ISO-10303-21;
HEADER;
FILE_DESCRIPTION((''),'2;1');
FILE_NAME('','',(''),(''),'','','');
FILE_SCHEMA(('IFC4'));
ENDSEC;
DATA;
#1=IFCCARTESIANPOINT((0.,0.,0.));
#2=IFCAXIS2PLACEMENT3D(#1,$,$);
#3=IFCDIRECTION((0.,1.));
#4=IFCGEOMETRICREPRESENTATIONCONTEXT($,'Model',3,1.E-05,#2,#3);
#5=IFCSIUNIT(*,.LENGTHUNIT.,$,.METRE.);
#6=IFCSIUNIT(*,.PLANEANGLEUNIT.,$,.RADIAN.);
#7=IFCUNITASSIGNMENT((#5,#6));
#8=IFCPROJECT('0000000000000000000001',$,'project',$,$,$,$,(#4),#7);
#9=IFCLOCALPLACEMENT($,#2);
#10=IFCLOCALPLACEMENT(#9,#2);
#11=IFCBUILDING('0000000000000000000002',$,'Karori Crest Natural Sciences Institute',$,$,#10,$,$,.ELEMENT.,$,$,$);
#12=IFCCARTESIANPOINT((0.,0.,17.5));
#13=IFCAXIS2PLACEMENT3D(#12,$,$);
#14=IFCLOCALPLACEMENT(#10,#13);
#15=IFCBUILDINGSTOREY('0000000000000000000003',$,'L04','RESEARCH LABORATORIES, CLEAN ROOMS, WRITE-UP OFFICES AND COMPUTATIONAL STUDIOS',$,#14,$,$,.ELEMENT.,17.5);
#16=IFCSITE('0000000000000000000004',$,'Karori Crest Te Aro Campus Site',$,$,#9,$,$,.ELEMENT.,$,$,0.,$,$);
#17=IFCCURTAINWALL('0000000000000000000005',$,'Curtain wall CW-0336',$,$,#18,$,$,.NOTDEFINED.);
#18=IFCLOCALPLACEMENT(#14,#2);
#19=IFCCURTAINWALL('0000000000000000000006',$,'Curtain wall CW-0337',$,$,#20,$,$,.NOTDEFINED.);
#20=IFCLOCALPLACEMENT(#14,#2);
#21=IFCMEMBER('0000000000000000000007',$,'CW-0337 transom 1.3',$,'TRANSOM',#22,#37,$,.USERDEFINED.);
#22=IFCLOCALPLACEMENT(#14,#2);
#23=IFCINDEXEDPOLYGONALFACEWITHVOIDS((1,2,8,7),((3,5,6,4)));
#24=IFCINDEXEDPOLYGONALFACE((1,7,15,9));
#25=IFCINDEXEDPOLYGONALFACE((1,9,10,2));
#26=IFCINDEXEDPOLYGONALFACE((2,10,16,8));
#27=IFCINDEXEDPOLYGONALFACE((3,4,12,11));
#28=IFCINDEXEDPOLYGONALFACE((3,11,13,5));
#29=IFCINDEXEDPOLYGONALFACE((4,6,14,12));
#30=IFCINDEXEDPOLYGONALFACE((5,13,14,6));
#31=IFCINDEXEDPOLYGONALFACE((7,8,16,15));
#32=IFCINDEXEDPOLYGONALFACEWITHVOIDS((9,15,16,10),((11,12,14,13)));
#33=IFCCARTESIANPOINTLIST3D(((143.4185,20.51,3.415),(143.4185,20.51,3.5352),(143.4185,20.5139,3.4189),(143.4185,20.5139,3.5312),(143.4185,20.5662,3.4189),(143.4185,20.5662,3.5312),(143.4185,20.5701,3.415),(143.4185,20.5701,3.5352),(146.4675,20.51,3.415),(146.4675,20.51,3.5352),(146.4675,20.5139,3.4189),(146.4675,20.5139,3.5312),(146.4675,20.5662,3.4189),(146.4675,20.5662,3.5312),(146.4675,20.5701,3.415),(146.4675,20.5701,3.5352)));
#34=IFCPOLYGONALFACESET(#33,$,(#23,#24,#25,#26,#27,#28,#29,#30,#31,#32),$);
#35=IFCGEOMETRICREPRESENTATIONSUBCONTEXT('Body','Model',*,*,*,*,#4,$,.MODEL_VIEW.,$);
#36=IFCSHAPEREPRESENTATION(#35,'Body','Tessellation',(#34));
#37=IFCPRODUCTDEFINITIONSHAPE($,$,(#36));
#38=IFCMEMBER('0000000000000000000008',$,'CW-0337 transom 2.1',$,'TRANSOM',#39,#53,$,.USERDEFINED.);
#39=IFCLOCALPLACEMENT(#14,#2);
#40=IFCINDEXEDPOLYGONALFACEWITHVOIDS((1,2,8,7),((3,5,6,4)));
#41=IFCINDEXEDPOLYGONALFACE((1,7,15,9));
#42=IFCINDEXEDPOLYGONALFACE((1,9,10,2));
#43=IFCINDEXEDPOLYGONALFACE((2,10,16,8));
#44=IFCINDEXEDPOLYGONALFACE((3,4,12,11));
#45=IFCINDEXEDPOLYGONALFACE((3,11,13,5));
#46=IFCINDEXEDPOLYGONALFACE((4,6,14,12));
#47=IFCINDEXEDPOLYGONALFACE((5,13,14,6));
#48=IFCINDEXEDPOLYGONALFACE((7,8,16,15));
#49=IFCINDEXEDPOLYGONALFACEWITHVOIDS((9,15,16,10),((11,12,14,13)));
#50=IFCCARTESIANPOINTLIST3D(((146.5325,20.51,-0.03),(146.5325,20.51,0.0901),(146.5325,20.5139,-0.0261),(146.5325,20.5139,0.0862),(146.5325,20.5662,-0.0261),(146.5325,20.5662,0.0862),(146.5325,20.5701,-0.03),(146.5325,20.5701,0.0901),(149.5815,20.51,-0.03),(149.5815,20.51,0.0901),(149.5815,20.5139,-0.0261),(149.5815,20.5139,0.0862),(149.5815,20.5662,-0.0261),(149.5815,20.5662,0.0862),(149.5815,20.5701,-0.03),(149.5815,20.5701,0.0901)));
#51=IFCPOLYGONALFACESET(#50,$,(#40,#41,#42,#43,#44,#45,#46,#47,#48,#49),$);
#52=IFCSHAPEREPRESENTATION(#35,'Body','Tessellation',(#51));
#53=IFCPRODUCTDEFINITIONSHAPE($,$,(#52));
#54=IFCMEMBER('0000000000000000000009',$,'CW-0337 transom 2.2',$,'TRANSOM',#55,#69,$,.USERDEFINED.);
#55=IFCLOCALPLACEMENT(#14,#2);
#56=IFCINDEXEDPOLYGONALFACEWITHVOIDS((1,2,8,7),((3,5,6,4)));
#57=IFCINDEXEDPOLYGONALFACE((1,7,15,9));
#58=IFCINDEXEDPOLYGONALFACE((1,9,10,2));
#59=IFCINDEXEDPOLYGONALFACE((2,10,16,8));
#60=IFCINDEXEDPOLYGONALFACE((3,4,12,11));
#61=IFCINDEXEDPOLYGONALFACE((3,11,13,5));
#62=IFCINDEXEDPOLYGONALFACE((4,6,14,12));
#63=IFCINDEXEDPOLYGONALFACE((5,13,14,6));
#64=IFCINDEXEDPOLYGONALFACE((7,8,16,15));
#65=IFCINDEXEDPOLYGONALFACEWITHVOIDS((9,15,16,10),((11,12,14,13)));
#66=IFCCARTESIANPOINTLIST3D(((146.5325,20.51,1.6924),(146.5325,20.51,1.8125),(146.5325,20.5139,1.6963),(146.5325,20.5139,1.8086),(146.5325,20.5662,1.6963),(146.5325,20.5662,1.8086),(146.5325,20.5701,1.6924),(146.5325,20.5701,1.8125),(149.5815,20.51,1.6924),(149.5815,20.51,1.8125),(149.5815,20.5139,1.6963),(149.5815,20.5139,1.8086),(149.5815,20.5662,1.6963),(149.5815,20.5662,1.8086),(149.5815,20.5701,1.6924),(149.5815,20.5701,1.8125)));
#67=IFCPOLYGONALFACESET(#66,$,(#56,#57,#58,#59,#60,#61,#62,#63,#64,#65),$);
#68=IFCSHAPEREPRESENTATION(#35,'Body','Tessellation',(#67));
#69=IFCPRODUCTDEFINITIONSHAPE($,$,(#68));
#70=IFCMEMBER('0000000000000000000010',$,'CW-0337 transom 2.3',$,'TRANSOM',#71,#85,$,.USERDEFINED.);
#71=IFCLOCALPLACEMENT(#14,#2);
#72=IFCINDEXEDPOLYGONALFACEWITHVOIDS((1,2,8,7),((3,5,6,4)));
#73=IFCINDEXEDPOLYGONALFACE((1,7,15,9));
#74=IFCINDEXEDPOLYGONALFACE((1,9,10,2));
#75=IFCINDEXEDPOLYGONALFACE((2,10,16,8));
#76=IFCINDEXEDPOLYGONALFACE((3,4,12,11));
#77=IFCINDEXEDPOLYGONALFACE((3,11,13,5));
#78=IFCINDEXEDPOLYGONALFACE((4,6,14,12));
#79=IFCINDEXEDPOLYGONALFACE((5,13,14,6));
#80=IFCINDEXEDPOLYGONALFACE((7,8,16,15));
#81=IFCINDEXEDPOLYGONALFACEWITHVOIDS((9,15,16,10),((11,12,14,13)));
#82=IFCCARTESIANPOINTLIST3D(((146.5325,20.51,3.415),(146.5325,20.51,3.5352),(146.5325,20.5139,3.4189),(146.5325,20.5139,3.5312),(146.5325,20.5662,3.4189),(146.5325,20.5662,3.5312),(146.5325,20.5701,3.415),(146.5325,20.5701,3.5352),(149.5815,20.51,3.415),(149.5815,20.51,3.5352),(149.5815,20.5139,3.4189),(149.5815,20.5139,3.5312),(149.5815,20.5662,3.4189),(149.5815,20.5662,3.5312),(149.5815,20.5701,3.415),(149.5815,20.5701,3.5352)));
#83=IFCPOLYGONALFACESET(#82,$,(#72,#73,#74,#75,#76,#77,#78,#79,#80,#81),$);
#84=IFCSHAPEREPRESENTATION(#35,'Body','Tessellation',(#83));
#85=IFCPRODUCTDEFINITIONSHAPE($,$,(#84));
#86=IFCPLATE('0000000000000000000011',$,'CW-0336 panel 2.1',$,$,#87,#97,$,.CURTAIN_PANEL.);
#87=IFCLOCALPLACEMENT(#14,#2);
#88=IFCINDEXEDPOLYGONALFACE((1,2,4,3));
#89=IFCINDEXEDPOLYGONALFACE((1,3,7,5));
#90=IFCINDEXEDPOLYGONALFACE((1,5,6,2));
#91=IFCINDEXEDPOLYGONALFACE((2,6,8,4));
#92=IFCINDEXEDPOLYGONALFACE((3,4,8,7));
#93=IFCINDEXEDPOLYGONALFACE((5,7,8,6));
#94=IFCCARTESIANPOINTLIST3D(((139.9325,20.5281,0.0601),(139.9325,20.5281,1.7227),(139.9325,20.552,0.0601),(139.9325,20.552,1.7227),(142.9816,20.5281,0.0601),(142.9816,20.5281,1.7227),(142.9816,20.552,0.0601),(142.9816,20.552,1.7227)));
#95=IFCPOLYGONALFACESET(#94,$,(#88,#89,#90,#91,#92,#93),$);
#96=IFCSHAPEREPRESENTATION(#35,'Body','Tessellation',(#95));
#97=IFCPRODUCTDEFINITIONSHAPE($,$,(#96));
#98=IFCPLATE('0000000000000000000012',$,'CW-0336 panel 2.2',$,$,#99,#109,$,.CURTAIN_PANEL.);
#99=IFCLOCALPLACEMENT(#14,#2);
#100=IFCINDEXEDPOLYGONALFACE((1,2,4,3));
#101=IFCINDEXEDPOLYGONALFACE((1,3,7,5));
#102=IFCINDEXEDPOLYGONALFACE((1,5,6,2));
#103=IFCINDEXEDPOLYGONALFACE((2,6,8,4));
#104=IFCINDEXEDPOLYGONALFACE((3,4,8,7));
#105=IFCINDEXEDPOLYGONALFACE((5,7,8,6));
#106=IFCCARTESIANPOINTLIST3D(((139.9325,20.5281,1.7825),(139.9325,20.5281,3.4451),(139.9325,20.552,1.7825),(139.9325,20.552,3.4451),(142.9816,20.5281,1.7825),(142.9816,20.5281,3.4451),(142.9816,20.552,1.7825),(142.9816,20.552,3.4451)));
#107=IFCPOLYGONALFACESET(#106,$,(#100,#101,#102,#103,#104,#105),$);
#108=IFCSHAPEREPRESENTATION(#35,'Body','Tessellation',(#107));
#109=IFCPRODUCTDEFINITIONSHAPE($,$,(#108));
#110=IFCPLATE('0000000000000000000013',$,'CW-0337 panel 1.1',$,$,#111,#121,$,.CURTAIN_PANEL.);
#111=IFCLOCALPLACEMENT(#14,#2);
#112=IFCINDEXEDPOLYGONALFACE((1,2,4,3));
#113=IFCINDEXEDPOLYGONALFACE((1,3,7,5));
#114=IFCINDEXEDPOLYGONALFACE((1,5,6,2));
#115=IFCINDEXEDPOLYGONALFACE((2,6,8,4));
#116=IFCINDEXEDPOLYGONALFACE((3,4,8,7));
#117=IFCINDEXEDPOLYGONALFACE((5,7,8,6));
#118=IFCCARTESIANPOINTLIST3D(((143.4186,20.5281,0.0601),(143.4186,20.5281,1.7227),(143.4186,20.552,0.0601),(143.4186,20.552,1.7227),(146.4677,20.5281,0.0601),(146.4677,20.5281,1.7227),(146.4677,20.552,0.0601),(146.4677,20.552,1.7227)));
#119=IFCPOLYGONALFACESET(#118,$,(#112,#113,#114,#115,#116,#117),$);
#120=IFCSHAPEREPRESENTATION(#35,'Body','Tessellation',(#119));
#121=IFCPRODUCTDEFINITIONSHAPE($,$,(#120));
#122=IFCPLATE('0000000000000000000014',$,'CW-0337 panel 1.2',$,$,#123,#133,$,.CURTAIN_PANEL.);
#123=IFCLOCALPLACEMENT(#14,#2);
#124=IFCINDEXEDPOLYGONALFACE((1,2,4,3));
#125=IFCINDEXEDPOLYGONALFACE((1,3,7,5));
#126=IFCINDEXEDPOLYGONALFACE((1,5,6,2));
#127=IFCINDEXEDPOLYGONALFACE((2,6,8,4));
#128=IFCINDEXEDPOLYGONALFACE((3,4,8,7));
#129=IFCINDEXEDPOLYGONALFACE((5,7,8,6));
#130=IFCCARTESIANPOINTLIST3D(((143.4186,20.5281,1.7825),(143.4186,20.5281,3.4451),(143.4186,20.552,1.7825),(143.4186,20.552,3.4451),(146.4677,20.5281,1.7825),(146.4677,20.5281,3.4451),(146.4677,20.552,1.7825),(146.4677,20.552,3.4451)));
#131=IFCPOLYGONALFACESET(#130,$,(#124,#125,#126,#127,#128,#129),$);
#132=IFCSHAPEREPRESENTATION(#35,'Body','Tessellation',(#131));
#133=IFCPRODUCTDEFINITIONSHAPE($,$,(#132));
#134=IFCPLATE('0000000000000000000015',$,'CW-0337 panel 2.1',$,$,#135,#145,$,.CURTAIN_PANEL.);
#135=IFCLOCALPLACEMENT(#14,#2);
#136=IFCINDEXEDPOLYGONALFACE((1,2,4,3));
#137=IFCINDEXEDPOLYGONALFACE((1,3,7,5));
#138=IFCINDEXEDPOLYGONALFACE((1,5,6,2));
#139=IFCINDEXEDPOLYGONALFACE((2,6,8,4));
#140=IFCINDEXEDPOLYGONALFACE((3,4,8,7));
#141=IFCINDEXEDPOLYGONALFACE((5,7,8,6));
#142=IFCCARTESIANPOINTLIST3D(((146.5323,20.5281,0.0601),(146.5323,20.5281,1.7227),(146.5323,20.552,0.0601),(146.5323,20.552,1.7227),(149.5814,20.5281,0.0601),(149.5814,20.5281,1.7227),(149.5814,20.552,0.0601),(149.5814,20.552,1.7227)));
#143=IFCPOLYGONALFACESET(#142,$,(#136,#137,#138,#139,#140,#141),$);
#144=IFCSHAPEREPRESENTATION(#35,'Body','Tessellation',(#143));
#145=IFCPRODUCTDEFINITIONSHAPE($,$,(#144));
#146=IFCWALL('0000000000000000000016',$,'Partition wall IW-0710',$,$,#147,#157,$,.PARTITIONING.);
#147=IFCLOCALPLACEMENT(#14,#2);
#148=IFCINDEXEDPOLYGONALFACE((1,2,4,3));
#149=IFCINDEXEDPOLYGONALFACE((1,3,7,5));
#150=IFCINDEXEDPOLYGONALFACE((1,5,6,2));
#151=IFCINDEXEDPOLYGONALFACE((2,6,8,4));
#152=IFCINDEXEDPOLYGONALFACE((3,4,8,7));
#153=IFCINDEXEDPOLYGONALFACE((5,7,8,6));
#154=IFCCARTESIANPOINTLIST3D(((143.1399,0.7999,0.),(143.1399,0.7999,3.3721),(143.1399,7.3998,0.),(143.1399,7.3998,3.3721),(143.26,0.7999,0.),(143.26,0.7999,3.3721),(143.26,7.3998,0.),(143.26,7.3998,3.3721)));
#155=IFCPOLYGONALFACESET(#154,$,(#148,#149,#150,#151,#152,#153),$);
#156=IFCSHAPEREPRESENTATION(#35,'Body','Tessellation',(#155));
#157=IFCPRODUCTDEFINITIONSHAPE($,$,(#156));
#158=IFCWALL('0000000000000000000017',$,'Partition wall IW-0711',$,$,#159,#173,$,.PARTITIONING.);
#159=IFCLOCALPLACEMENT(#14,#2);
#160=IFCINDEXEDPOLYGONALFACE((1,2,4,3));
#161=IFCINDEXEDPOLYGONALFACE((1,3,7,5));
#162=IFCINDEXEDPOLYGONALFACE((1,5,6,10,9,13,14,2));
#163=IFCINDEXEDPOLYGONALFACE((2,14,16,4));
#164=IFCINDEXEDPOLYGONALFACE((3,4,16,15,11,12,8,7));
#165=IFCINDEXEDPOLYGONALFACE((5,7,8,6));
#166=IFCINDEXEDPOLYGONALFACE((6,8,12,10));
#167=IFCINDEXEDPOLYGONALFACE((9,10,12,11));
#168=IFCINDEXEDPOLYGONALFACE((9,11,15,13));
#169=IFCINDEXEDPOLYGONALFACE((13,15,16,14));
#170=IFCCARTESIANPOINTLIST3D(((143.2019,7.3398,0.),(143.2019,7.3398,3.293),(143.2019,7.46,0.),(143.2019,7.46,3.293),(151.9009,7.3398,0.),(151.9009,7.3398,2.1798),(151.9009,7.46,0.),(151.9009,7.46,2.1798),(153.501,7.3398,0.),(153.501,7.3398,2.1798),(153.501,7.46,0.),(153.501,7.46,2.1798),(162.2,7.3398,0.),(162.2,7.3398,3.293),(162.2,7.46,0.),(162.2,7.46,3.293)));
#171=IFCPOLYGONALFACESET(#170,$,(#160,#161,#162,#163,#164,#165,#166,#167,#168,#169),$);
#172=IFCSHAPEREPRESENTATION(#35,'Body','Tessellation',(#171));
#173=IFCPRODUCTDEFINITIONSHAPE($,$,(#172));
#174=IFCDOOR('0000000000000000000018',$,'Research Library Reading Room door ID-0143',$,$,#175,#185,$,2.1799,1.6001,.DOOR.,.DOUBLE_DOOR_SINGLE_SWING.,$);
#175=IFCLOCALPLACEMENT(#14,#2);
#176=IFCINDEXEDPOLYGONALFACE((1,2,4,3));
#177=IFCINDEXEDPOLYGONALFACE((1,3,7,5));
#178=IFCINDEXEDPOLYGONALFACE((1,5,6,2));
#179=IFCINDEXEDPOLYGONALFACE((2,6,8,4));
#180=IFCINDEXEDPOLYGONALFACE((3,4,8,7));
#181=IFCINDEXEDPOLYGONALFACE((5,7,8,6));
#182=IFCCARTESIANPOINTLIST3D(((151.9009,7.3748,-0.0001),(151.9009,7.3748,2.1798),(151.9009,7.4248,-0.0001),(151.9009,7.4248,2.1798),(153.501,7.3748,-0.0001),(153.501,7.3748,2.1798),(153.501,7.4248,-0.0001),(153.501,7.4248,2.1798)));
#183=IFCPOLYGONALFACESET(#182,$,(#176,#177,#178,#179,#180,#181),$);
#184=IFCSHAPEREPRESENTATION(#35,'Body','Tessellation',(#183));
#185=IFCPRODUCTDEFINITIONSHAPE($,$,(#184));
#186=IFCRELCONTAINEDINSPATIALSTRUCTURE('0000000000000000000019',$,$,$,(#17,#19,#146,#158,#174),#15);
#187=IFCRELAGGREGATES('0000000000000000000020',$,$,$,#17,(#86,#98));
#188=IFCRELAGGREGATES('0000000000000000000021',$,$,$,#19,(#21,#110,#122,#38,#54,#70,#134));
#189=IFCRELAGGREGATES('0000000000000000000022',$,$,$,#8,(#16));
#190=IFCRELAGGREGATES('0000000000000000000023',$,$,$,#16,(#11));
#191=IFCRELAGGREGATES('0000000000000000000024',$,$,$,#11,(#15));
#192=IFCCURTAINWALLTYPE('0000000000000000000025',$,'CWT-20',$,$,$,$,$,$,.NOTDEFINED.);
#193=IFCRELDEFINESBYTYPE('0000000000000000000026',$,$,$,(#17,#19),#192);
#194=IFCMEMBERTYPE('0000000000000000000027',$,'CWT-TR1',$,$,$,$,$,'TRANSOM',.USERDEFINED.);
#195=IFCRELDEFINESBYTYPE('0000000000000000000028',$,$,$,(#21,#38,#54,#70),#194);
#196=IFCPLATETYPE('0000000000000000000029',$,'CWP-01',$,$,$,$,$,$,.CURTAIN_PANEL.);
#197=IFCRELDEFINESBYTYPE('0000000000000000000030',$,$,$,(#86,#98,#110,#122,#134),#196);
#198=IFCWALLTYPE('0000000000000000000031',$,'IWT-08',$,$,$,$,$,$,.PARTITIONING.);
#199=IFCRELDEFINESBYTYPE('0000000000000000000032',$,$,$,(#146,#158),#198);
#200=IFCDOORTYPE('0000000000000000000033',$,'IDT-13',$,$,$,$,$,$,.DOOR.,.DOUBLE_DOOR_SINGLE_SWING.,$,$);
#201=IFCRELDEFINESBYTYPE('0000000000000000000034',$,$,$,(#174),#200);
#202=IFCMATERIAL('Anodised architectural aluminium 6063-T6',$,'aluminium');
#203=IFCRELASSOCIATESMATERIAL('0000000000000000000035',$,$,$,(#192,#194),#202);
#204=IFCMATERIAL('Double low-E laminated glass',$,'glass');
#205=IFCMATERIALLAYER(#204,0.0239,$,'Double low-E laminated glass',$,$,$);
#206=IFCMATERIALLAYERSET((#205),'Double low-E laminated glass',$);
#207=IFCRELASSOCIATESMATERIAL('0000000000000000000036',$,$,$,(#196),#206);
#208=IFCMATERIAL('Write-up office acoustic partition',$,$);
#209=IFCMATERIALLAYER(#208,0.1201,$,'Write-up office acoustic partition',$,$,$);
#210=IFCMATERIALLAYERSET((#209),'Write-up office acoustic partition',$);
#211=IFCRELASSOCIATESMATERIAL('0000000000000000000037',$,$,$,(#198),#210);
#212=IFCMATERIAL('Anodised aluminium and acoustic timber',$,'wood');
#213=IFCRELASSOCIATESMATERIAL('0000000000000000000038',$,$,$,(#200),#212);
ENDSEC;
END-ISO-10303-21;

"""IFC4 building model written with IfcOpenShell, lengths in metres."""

from ifc_helpers import new_model, si_unit, direction, frame, frame_2d, origin, origin_2d, place, context, subcontext, project, spatial, rectangle, hollow_rectangle, extrude, material, layer, layer_set, material_profile, profile_set, type_object, element, fill, aggregate, save


model = new_model("IFC4")

# Units and contexts
model_context = context("Model", 3, precision=1e-05, world=origin(), true_north=direction((0.0, 1.0)))
body_context = subcontext(model_context, "Body", "Model", "MODEL_VIEW")
ifc_project = project(units=[si_unit("LENGTHUNIT", "METRE"), si_unit("PLANEANGLEUNIT", "RADIAN")], contexts=[model_context])

# Site, building, storey
site_placement = place(None, origin())
site = spatial("IfcSite", under=ifc_project, at=site_placement, Name="Karori Crest Te Aro Campus Site", CompositionType="ELEMENT", RefElevation=0.0)
building_placement = place(site_placement, origin())
building = spatial("IfcBuilding", under=site, at=building_placement, Name="Karori Crest Natural Sciences Institute", CompositionType="ELEMENT")
storey_placement = place(building_placement, frame((0.0, 0.0, 17.5)))
storey = spatial("IfcBuildingStorey", under=building, at=storey_placement, Name="L04", Description="RESEARCH LABORATORIES, CLEAN ROOMS, WRITE-UP OFFICES AND COMPUTATIONAL STUDIOS", CompositionType="ELEMENT", Elevation=17.5)

# Curtain wall
ifc_material_1 = material(Name="Anodised architectural aluminium 6063-T6", Category="aluminium")
curtain_wall_type = type_object("IfcCurtainWallType", Name="CWT-20", PredefinedType="NOTDEFINED", material=ifc_material_1)
curtain_wall_1_placement = place(storey_placement, origin())
curtain_wall_1 = element("IfcCurtainWall", 1, at=curtain_wall_1_placement, inside=storey, type_object=curtain_wall_type, Name="Curtain wall CW-0336", PredefinedType="NOTDEFINED")

# Curtain wall
curtain_wall_2_placement = place(storey_placement, origin())
curtain_wall_2 = element("IfcCurtainWall", 2, at=curtain_wall_2_placement, inside=storey, type_object=curtain_wall_type, Name="Curtain wall CW-0337", PredefinedType="NOTDEFINED")

# Members
ifc_material_profile_1 = material_profile(ifc_material_1, hollow_rectangle(XDim=0.0601, YDim=0.1201, WallThickness=0.0039, at=origin_2d()), Name="CWT120x60x4")
ifc_profile_set_1 = profile_set([ifc_material_profile_1], Name="Anodised architectural aluminium 6063-T6")
member_type_1 = type_object("IfcMemberType", Name="CWT-TR1", ElementType="TRANSOM", PredefinedType="USERDEFINED", material=ifc_profile_set_1)
member_1_placement = place(storey_placement, frame((143.4185, 20.54, 3.4751), z_axis=(1.0, 0.0, 0.0), x_axis=(0.0, 1.0, 0.0)))
member_1 = element("IfcMember", 3, at=member_1_placement, type_object=member_type_1, Name="CW-0337 transom 1.3", ObjectType="TRANSOM", PredefinedType="USERDEFINED", context=body_context, shape_type="SweptSolid", body=[
    extrude(hollow_rectangle(XDim=0.0601, YDim=0.1201, WallThickness=0.0039, at=origin_2d()), origin(), (0.0, 0.0, 1.0), 3.0491),
])
member_2_placement = place(storey_placement, frame((146.5325, 20.54, 0.03), z_axis=(1.0, 0.0, 0.0), x_axis=(0.0, 1.0, 0.0)))
member_2 = element("IfcMember", 4, at=member_2_placement, type_object=member_type_1, Name="CW-0337 transom 2.1", ObjectType="TRANSOM", PredefinedType="USERDEFINED", context=body_context, shape_type="SweptSolid", body=[
    extrude(hollow_rectangle(XDim=0.0601, YDim=0.1201, WallThickness=0.0039, at=origin_2d()), origin(), (0.0, 0.0, 1.0), 3.0491),
])
member_3_placement = place(storey_placement, frame((146.5325, 20.54, 1.7524), z_axis=(1.0, 0.0, 0.0), x_axis=(0.0, 1.0, 0.0)))
member_3 = element("IfcMember", 5, at=member_3_placement, type_object=member_type_1, Name="CW-0337 transom 2.2", ObjectType="TRANSOM", PredefinedType="USERDEFINED", context=body_context, shape_type="SweptSolid", body=[
    extrude(hollow_rectangle(XDim=0.0601, YDim=0.1201, WallThickness=0.0039, at=origin_2d()), origin(), (0.0, 0.0, 1.0), 3.0491),
])
member_4_placement = place(storey_placement, frame((146.5325, 20.54, 3.4751), z_axis=(1.0, 0.0, 0.0), x_axis=(0.0, 1.0, 0.0)))
member_4 = element("IfcMember", 6, at=member_4_placement, type_object=member_type_1, Name="CW-0337 transom 2.3", ObjectType="TRANSOM", PredefinedType="USERDEFINED", context=body_context, shape_type="SweptSolid", body=[
    extrude(hollow_rectangle(XDim=0.0601, YDim=0.1201, WallThickness=0.0039, at=origin_2d()), origin(), (0.0, 0.0, 1.0), 3.0491),
])

# Plates
ifc_material_2 = material(Name="Double low-E laminated glass", Category="glass")
ifc_layer_1 = layer(ifc_material_2, 0.0239, Name="Double low-E laminated glass")
ifc_layer_set_1 = layer_set([ifc_layer_1], Name="Double low-E laminated glass")
plate_type = type_object("IfcPlateType", Name="CWP-01", PredefinedType="CURTAIN_PANEL", material=ifc_layer_set_1)
plate_1_placement = place(storey_placement, frame((141.457, 20.54, 0.0601), z_axis=(0.0, 0.0, 1.0), x_axis=(1.0, 0.0, 0.0)))
plate_1 = element("IfcPlate", 7, at=plate_1_placement, type_object=plate_type, Name="CW-0336 panel 2.1", PredefinedType="CURTAIN_PANEL", context=body_context, shape_type="SweptSolid", body=[
    extrude(rectangle(XDim=3.0491, YDim=0.0239, at=origin_2d()), origin(), (0.0, 0.0, 1.0), 1.6626),
])
plate_2_placement = place(storey_placement, frame((141.457, 20.54, 1.7825), z_axis=(0.0, 0.0, 1.0), x_axis=(1.0, 0.0, 0.0)))
plate_2 = element("IfcPlate", 8, at=plate_2_placement, type_object=plate_type, Name="CW-0336 panel 2.2", PredefinedType="CURTAIN_PANEL", context=body_context, shape_type="SweptSolid", body=[
    extrude(rectangle(XDim=3.0491, YDim=0.0239, at=origin_2d()), origin(), (0.0, 0.0, 1.0), 1.6626),
])
aggregate(curtain_wall_1, [plate_1, plate_2])
plate_3_placement = place(storey_placement, frame((144.9431, 20.54, 0.0601), z_axis=(0.0, 0.0, 1.0), x_axis=(1.0, 0.0, 0.0)))
plate_3 = element("IfcPlate", 9, at=plate_3_placement, type_object=plate_type, Name="CW-0337 panel 1.1", PredefinedType="CURTAIN_PANEL", context=body_context, shape_type="SweptSolid", body=[
    extrude(rectangle(XDim=3.0491, YDim=0.0239, at=origin_2d()), origin(), (0.0, 0.0, 1.0), 1.6626),
])
plate_4_placement = place(storey_placement, frame((144.9431, 20.54, 1.7825), z_axis=(0.0, 0.0, 1.0), x_axis=(1.0, 0.0, 0.0)))
plate_4 = element("IfcPlate", 10, at=plate_4_placement, type_object=plate_type, Name="CW-0337 panel 1.2", PredefinedType="CURTAIN_PANEL", context=body_context, shape_type="SweptSolid", body=[
    extrude(rectangle(XDim=3.0491, YDim=0.0239, at=origin_2d()), origin(), (0.0, 0.0, 1.0), 1.6626),
])
plate_5_placement = place(storey_placement, frame((148.0569, 20.54, 0.0601), z_axis=(0.0, 0.0, 1.0), x_axis=(1.0, 0.0, 0.0)))
plate_5 = element("IfcPlate", 11, at=plate_5_placement, type_object=plate_type, Name="CW-0337 panel 2.1", PredefinedType="CURTAIN_PANEL", context=body_context, shape_type="SweptSolid", body=[
    extrude(rectangle(XDim=3.0491, YDim=0.0239, at=origin_2d()), origin(), (0.0, 0.0, 1.0), 1.6626),
])
aggregate(curtain_wall_2, [member_1, plate_3, plate_4, member_2, member_3, member_4, plate_5])

# Wall
ifc_material_3 = material(Name="Write-up office acoustic partition")
ifc_layer_2 = layer(ifc_material_3, 0.1201, Name="Write-up office acoustic partition")
ifc_layer_set_2 = layer_set([ifc_layer_2], Name="Write-up office acoustic partition")
wall_type = type_object("IfcWallType", Name="IWT-08", PredefinedType="PARTITIONING", material=ifc_layer_set_2)
wall_1_placement = place(storey_placement, frame((143.2, 0.8, 0.0), z_axis=(0.0, 0.0, 1.0), x_axis=(0.0, 1.0, 0.0)))
element("IfcWall", 12, at=wall_1_placement, inside=storey, type_object=wall_type, Name="Partition wall IW-0710", PredefinedType="PARTITIONING", context=body_context, shape_type="SweptSolid", body=[
    extrude(rectangle(XDim=6.5999, YDim=0.1201, at=frame_2d((3.2998, 0.0))), origin(), (0.0, 0.0, 1.0), 3.3721),
])

# Wall, opening, door
wall_2_placement = place(storey_placement, frame((143.2019, 7.3999, 0.0), z_axis=(0.0, 0.0, 1.0), x_axis=(1.0, 0.0, 0.0)))
wall_2 = element("IfcWall", 13, at=wall_2_placement, inside=storey, type_object=wall_type, Name="Partition wall IW-0711", PredefinedType="PARTITIONING", context=body_context, shape_type="SweptSolid", body=[
    extrude(rectangle(XDim=18.998, YDim=0.1201, at=frame_2d((9.499, 0.0))), origin(), (0.0, 0.0, 1.0), 3.293),
])
opening_placement = place(wall_2_placement, frame((8.699, 0.0, 0.0)))
opening = element("IfcOpeningElement", 14, at=opening_placement, cuts=wall_2, PredefinedType="OPENING", context=body_context, shape_type="SweptSolid", body=[
    extrude(rectangle(XDim=1.6001, YDim=2.1799, at=frame_2d((0.8, 1.0898))), frame((0.0, 0.0701, 0.0), z_axis=(0.0, -1.0, 0.0), x_axis=(1.0, 0.0, 0.0)), (0.0, 0.0, 1.0), 0.1401),
])
ifc_material_4 = material(Name="Anodised aluminium and acoustic timber", Category="wood")
door_type = type_object("IfcDoorType", Name="IDT-13", OperationType="DOUBLE_DOOR_SINGLE_SWING", PredefinedType="DOOR", material=ifc_material_4)
door_placement = place(opening_placement, origin())
door = element("IfcDoor", 15, at=door_placement, inside=storey, type_object=door_type, Name="Research Library Reading Room door ID-0143", OperationType="DOUBLE_DOOR_SINGLE_SWING", OverallHeight=2.1799, OverallWidth=1.6001, PredefinedType="DOOR", context=body_context, shape_type="SweptSolid", body=[
    extrude(rectangle(XDim=1.6001, YDim=2.1799, at=frame_2d((0.8, 1.0898))), frame((0.0, 0.0249, 0.0), z_axis=(0.0, -1.0, 0.0), x_axis=(1.0, 0.0, 0.0)), (0.0, 0.0, 1.0), 0.05),
])
fill(opening, door)

save(model, "model.ifc")
